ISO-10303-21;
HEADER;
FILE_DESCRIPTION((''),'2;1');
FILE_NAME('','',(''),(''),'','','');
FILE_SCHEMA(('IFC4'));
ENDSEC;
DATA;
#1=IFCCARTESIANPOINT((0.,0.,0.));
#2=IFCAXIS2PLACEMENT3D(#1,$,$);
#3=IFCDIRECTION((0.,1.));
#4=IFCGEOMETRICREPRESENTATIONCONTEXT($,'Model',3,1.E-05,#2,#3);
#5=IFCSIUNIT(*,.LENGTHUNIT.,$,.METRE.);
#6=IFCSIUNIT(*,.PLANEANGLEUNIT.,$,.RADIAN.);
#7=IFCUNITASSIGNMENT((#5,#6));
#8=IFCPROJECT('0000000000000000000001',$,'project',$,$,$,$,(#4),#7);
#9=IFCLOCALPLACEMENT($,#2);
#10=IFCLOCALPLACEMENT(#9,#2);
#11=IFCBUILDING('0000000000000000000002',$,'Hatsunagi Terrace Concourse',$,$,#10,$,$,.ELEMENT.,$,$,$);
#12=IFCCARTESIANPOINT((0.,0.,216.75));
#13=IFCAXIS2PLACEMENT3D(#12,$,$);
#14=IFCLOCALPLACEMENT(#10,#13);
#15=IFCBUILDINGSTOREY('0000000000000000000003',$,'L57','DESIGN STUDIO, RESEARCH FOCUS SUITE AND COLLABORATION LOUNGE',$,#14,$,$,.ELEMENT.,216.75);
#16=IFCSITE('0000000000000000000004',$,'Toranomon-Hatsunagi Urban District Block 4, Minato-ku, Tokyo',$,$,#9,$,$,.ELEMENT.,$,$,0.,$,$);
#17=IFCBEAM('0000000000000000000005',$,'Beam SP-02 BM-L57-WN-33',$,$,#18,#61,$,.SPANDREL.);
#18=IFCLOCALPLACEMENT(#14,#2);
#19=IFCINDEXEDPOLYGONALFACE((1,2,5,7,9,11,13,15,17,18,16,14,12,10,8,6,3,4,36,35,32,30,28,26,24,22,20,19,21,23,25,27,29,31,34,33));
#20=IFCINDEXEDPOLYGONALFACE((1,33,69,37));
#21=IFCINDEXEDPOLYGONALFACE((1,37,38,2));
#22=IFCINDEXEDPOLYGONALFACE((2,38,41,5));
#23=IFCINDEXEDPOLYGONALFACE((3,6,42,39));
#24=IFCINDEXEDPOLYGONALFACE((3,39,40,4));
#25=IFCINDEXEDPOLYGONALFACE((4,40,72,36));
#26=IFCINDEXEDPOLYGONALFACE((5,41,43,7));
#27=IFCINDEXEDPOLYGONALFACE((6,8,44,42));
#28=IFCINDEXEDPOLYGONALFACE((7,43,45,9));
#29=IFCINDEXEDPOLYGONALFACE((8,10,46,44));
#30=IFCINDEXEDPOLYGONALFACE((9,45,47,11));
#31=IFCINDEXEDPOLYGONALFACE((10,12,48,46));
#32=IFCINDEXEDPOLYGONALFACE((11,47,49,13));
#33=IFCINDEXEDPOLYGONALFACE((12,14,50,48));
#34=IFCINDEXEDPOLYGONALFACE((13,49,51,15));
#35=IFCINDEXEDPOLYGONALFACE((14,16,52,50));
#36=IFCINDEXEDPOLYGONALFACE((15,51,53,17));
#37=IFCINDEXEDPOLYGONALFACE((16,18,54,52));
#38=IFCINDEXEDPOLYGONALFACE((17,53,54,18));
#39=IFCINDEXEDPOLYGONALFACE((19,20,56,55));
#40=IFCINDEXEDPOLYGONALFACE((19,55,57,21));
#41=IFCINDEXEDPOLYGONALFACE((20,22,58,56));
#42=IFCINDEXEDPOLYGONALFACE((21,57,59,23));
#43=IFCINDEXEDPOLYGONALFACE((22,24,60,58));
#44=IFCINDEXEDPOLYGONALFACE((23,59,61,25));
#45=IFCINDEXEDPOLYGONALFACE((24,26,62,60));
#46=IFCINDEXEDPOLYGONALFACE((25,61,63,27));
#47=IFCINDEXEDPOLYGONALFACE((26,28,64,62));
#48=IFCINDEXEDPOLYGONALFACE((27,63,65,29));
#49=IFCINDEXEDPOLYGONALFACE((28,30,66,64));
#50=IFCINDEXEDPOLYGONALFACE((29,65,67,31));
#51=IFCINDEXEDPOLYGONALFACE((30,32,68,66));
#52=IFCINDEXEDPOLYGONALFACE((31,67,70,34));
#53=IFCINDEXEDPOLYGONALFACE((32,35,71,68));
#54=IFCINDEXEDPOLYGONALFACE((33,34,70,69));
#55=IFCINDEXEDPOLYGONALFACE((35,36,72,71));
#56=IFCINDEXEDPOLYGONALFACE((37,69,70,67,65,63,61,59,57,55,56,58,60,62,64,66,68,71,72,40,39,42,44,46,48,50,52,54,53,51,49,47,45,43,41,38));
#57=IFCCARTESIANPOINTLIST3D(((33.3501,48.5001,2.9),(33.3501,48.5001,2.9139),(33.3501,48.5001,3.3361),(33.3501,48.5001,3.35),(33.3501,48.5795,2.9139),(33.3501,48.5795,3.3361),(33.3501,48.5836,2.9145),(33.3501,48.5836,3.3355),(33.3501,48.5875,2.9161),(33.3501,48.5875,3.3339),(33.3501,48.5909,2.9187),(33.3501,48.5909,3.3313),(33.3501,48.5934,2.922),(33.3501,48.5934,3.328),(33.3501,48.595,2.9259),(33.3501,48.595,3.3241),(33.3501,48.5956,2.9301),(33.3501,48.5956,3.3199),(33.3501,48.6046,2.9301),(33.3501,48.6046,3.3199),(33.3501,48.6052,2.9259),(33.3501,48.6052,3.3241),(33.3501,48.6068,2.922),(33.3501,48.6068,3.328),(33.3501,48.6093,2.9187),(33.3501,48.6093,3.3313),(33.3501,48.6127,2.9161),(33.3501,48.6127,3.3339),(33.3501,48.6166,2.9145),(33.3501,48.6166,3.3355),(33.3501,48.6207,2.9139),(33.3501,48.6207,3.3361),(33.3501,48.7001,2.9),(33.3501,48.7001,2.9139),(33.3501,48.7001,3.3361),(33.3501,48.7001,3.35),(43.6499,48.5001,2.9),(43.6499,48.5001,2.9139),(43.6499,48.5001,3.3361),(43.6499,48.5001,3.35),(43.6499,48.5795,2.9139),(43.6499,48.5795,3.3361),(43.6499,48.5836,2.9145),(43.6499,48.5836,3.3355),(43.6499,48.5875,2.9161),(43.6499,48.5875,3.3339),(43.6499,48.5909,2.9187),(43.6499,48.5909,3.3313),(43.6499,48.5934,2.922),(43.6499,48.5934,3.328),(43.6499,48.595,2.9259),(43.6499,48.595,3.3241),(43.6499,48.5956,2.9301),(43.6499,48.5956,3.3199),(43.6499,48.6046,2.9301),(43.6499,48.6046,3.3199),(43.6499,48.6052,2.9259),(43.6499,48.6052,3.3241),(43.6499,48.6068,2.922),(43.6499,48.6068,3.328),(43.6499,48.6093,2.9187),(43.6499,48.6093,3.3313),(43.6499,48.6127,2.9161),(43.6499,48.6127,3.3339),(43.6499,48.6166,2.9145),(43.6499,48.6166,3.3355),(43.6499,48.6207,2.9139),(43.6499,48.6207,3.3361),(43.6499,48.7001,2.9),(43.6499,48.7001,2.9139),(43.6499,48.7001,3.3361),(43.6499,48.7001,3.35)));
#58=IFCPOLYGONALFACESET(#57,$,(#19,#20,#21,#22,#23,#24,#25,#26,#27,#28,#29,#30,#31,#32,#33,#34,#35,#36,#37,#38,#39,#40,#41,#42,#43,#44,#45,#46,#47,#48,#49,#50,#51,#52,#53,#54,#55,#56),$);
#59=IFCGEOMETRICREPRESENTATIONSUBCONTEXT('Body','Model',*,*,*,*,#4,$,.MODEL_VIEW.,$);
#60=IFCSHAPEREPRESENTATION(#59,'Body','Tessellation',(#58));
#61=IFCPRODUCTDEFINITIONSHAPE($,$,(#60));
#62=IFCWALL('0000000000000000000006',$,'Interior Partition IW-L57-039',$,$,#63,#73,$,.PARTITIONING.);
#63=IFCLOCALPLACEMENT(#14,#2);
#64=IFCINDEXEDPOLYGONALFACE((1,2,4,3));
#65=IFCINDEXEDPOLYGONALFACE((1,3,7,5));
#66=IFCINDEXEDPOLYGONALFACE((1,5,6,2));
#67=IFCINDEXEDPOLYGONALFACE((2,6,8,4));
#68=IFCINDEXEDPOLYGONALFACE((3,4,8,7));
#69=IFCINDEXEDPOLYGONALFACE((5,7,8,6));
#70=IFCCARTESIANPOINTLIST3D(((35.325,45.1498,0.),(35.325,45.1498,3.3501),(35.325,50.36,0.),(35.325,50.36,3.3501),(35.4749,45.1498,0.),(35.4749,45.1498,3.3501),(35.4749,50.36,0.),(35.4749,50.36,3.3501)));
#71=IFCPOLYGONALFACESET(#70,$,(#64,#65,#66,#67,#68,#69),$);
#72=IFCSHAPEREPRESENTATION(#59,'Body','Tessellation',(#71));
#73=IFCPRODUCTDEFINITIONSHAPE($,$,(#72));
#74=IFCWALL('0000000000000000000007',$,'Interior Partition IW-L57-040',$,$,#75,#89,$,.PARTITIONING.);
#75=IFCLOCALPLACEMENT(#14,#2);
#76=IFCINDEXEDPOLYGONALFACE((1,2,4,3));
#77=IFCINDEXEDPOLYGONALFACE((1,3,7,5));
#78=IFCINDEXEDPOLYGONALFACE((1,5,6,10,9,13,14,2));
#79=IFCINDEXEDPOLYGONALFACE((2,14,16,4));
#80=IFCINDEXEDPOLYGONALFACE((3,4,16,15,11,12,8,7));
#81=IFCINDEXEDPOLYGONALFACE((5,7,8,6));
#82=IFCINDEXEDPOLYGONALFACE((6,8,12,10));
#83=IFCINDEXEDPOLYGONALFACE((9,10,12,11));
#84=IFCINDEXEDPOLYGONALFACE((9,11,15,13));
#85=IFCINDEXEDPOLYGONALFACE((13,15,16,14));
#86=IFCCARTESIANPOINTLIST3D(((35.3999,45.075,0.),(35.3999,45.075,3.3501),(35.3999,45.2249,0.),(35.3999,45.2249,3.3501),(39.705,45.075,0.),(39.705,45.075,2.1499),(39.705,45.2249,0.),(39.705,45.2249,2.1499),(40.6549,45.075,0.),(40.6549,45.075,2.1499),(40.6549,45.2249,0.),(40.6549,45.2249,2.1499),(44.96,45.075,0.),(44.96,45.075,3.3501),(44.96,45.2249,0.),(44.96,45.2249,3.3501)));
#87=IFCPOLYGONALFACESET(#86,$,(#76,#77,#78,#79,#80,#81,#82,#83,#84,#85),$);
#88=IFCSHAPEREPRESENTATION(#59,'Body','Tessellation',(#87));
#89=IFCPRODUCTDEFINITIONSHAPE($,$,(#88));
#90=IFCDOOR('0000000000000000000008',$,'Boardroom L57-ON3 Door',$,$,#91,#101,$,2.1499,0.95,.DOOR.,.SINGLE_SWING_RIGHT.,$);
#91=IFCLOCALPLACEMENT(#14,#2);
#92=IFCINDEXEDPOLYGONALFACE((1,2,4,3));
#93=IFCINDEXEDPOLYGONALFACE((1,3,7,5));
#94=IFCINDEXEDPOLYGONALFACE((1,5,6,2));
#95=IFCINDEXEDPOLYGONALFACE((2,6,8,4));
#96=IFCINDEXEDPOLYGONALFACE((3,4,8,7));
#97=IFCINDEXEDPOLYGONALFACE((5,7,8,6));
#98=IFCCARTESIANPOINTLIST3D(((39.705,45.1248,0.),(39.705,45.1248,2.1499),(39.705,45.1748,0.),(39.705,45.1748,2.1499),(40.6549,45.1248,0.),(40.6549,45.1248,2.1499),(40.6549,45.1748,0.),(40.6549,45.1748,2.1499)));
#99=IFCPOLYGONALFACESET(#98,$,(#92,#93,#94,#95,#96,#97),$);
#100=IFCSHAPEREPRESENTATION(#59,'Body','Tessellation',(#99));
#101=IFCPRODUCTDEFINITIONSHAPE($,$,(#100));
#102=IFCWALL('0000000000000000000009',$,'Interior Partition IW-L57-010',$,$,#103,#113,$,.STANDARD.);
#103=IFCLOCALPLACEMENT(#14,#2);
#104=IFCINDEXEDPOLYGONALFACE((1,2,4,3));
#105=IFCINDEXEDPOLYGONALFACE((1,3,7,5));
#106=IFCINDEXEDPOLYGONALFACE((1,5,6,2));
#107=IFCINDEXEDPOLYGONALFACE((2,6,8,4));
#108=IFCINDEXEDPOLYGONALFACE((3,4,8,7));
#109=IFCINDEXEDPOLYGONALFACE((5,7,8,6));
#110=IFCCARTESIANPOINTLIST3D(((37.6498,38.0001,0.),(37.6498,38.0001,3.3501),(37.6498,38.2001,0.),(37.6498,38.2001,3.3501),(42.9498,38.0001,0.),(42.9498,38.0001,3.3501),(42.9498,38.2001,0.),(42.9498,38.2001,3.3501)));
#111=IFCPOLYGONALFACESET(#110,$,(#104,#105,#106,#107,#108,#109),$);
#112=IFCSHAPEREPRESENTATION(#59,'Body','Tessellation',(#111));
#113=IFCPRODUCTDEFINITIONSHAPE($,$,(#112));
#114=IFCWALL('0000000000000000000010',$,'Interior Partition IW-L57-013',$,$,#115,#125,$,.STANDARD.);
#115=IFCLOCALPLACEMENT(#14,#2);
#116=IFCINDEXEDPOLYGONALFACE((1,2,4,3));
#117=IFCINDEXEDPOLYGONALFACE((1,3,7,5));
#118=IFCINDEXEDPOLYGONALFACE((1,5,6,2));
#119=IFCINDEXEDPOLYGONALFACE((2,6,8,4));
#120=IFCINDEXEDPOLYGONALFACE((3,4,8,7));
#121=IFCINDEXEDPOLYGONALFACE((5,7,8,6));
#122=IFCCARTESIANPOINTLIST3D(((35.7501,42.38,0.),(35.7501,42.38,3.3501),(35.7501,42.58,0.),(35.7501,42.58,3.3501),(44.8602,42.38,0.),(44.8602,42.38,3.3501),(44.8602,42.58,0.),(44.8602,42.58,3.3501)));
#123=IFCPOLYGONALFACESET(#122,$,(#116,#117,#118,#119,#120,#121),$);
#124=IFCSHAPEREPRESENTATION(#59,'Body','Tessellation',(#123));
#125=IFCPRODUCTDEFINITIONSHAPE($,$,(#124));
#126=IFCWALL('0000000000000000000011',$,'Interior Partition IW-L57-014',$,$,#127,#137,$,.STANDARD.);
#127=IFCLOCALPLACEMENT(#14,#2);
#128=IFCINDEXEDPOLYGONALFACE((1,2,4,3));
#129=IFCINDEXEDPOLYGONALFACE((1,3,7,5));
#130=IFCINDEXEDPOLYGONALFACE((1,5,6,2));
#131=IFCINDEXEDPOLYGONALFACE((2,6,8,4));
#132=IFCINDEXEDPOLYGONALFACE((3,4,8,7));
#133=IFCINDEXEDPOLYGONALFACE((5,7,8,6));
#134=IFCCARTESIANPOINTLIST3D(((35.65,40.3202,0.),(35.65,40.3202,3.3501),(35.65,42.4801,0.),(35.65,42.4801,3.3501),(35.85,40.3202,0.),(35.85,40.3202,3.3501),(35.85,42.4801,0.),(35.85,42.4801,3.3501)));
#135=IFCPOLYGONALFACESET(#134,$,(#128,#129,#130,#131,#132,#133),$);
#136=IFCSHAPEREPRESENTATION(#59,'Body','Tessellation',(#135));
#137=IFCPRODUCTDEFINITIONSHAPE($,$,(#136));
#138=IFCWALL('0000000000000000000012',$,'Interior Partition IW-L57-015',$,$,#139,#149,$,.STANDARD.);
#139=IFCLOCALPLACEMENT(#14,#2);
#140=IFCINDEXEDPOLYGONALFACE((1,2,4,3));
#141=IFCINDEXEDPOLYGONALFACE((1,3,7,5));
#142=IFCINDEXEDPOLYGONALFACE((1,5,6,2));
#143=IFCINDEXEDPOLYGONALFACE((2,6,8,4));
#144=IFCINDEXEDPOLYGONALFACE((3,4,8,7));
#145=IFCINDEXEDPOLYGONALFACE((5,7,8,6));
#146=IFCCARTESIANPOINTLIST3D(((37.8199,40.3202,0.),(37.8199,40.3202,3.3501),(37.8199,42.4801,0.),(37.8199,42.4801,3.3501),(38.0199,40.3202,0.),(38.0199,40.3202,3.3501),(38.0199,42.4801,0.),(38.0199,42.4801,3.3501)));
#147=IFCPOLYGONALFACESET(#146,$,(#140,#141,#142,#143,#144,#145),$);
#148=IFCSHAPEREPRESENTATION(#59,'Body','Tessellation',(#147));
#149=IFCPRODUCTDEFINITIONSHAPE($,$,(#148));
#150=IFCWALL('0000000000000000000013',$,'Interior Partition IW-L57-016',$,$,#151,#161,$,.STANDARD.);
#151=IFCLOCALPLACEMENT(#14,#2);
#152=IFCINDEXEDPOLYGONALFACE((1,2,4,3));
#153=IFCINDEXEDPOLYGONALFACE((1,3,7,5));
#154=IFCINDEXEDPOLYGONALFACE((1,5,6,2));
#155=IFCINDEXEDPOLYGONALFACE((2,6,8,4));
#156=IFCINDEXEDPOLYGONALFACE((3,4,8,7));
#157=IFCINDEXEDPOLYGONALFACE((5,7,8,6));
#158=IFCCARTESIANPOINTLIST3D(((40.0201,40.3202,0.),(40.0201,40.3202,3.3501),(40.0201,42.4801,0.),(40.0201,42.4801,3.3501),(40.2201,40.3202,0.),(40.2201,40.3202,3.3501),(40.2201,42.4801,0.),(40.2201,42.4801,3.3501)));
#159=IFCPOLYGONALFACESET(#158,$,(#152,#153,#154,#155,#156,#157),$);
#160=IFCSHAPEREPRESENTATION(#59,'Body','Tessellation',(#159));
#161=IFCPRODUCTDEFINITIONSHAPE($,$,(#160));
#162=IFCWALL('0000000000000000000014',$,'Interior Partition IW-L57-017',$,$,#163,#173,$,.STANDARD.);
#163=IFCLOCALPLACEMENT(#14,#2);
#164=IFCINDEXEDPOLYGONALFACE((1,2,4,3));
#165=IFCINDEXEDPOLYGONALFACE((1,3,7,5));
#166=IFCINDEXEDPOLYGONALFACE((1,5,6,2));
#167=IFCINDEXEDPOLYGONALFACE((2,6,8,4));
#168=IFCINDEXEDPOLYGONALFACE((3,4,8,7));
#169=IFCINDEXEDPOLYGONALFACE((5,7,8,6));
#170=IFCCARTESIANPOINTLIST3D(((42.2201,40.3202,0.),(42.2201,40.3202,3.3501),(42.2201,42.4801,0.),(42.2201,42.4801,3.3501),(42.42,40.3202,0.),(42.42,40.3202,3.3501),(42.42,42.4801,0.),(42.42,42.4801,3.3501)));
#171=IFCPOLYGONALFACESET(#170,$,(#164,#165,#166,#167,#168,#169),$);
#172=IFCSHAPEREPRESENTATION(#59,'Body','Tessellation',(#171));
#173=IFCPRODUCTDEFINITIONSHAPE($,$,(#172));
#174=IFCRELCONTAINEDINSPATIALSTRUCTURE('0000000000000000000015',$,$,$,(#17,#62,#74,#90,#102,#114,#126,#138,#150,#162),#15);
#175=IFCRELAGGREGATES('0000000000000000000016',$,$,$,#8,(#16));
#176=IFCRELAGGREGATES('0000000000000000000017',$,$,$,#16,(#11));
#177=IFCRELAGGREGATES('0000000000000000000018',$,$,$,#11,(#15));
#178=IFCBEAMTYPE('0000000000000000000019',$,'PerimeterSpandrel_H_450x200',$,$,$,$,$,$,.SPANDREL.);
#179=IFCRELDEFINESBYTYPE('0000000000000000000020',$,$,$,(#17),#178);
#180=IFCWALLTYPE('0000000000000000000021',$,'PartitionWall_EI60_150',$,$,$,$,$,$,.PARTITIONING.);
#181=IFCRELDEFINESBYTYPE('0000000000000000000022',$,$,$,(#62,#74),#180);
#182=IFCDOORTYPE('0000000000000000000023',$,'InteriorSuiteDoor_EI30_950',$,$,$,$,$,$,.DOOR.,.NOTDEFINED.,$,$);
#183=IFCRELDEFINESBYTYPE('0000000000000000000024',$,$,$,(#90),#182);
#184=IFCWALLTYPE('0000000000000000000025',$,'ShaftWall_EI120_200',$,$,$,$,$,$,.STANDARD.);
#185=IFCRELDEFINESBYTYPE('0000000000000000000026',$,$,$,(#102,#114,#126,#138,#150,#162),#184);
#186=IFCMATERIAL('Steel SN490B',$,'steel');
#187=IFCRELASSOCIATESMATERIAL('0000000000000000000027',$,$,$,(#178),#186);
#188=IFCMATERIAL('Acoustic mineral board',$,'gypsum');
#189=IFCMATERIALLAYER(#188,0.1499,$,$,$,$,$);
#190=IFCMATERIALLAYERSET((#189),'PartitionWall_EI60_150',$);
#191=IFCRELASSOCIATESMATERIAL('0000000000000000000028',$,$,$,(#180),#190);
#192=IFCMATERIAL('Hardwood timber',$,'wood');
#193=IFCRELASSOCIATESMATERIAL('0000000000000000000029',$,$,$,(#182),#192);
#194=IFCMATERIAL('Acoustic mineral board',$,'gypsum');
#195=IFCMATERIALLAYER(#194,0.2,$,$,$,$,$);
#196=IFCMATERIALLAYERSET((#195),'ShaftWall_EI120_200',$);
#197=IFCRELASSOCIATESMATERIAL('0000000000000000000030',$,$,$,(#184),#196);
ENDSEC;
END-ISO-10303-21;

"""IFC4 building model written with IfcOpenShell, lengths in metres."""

from ifc_helpers import new_model, si_unit, direction, frame, frame_2d, origin, origin_2d, place, context, subcontext, project, spatial, rectangle, i_section, extrude, material, layer, layer_set, material_profile, profile_set, type_object, element, fill, save


model = new_model("IFC4")

# Units and contexts
model_context = context("Model", 3, precision=1e-05, world=origin(), true_north=direction((0.0, 1.0)))
body_context = subcontext(model_context, "Body", "Model", "MODEL_VIEW")
ifc_project = project(units=[si_unit("LENGTHUNIT", "METRE"), si_unit("PLANEANGLEUNIT", "RADIAN")], contexts=[model_context])

# Site, building, storey
site_placement = place(None, origin())
site = spatial("IfcSite", under=ifc_project, at=site_placement, Name="Toranomon-Hatsunagi Urban District Block 4, Minato-ku, Tokyo", CompositionType="ELEMENT", RefElevation=0.0)
building_placement = place(site_placement, origin())
building = spatial("IfcBuilding", under=site, at=building_placement, Name="Hatsunagi Terrace Concourse", CompositionType="ELEMENT")
storey_placement = place(building_placement, frame((0.0, 0.0, 216.75)))
storey = spatial("IfcBuildingStorey", under=building, at=storey_placement, Name="L57", Description="DESIGN STUDIO, RESEARCH FOCUS SUITE AND COLLABORATION LOUNGE", CompositionType="ELEMENT", Elevation=216.75)

# Beam
ifc_material_1 = material(Name="Steel SN490B", Category="steel")
ifc_material_profile_1 = material_profile(ifc_material_1, i_section(OverallWidth=0.2, OverallDepth=0.45, WebThickness=0.009, FlangeThickness=0.0139, FilletRadius=0.0161, at=origin_2d()), Name="H-450x200x9x14")
ifc_profile_set_1 = profile_set([ifc_material_profile_1], Name="Steel SN490B")
beam_type_1 = type_object("IfcBeamType", Name="PerimeterSpandrel_H_450x200", PredefinedType="SPANDREL", material=ifc_profile_set_1)
beam_1_placement = place(storey_placement, frame((33.3501, 48.6001, 3.125), z_axis=(1.0, 0.0, 0.0), x_axis=(0.0, 1.0, 0.0)))
element("IfcBeam", 1, at=beam_1_placement, inside=storey, type_object=beam_type_1, Name="Beam SP-02 BM-L57-WN-33", PredefinedType="SPANDREL", context=body_context, shape_type="SweptSolid", body=[
    extrude(i_section(OverallWidth=0.2, OverallDepth=0.45, WebThickness=0.009, FlangeThickness=0.0139, FilletRadius=0.0161, at=origin_2d()), origin(), (0.0, 0.0, 1.0), 10.2998),
])

# Wall
ifc_material_2 = material(Name="Acoustic mineral board", Category="gypsum")
ifc_layer_1 = layer(ifc_material_2, 0.1499)
ifc_layer_set_1 = layer_set([ifc_layer_1], Name="PartitionWall_EI60_150")
wall_type_1 = type_object("IfcWallType", Name="PartitionWall_EI60_150", PredefinedType="PARTITIONING", material=ifc_layer_set_1)
wall_1_placement = place(storey_placement, frame((35.3999, 45.1499, 0.0), z_axis=(0.0, 0.0, 1.0), x_axis=(0.0, 1.0, 0.0)))
element("IfcWall", 2, at=wall_1_placement, inside=storey, type_object=wall_type_1, Name="Interior Partition IW-L57-039", PredefinedType="PARTITIONING", context=body_context, shape_type="SweptSolid", body=[
    extrude(rectangle(XDim=5.2102, YDim=0.1499, at=frame_2d((2.605, 0.0))), origin(), (0.0, 0.0, 1.0), 3.3501),
])

# Wall, opening, door
wall_2_placement = place(storey_placement, frame((35.3999, 45.1499, 0.0), z_axis=(0.0, 0.0, 1.0), x_axis=(1.0, 0.0, 0.0)))
wall_2 = element("IfcWall", 3, at=wall_2_placement, inside=storey, type_object=wall_type_1, Name="Interior Partition IW-L57-040", PredefinedType="PARTITIONING", context=body_context, shape_type="SweptSolid", body=[
    extrude(rectangle(XDim=9.5601, YDim=0.1499, at=frame_2d((4.78, 0.0))), origin(), (0.0, 0.0, 1.0), 3.3501),
])
opening_1_placement = place(wall_2_placement, frame((4.3049, 0.0, 0.0)))
opening_1 = element("IfcOpeningElement", 4, at=opening_1_placement, cuts=wall_2, PredefinedType="OPENING", context=body_context, shape_type="SweptSolid", body=[
    extrude(rectangle(XDim=0.95, YDim=2.1499, at=frame_2d((0.4751, 1.075))), frame((0.0, 0.085, 0.0), z_axis=(0.0, -1.0, 0.0), x_axis=(1.0, 0.0, 0.0)), (0.0, 0.0, 1.0), 0.1699),
])
ifc_material_3 = material(Name="Hardwood timber", Category="wood")
door_type_1 = type_object("IfcDoorType", Name="InteriorSuiteDoor_EI30_950", OperationType="NOTDEFINED", PredefinedType="DOOR", material=ifc_material_3)
door_1_placement = place(opening_1_placement, origin())
door_1 = element("IfcDoor", 5, at=door_1_placement, inside=storey, type_object=door_type_1, Name="Boardroom L57-ON3 Door", OperationType="SINGLE_SWING_RIGHT", OverallHeight=2.1499, OverallWidth=0.95, PredefinedType="DOOR", context=body_context, shape_type="SweptSolid", body=[
    extrude(rectangle(XDim=0.95, YDim=2.1499, at=frame_2d((0.4751, 1.075))), frame((0.0, 0.0249, 0.0), z_axis=(0.0, -1.0, 0.0), x_axis=(1.0, 0.0, 0.0)), (0.0, 0.0, 1.0), 0.05),
])
fill(opening_1, door_1)

# Walls
ifc_material_4 = material(Name="Acoustic mineral board", Category="gypsum")
ifc_layer_2 = layer(ifc_material_4, 0.2)
ifc_layer_set_2 = layer_set([ifc_layer_2], Name="ShaftWall_EI120_200")
wall_type_2 = type_object("IfcWallType", Name="ShaftWall_EI120_200", PredefinedType="STANDARD", material=ifc_layer_set_2)
wall_3_placement = place(storey_placement, frame((37.6499, 38.1001, 0.0), z_axis=(0.0, 0.0, 1.0), x_axis=(1.0, 0.0, 0.0)))
element("IfcWall", 6, at=wall_3_placement, inside=storey, type_object=wall_type_2, Name="Interior Partition IW-L57-010", PredefinedType="STANDARD", context=body_context, shape_type="SweptSolid", body=[
    extrude(rectangle(XDim=5.3, YDim=0.2, at=frame_2d((2.6499, 0.0))), origin(), (0.0, 0.0, 1.0), 3.3501),
])
wall_4_placement = place(storey_placement, frame((35.75, 42.48, 0.0), z_axis=(0.0, 0.0, 1.0), x_axis=(1.0, 0.0, 0.0)))
element("IfcWall", 7, at=wall_4_placement, inside=storey, type_object=wall_type_2, Name="Interior Partition IW-L57-013", PredefinedType="STANDARD", context=body_context, shape_type="SweptSolid", body=[
    extrude(rectangle(XDim=9.1101, YDim=0.2, at=frame_2d((4.5552, 0.0))), origin(), (0.0, 0.0, 1.0), 3.3501),
])
for number, where, z_axis, x_axis, name in (
    (8, (35.75, 40.3201, 0.0), (0.0, 0.0, 1.0), (0.0, 1.0, 0.0), "Interior Partition IW-L57-014"),
    (9, (37.9199, 40.3201, 0.0), (0.0, 0.0, 1.0), (0.0, 1.0, 0.0), "Interior Partition IW-L57-015"),
    (10, (40.1201, 40.3201, 0.0), (0.0, 0.0, 1.0), (0.0, 1.0, 0.0), "Interior Partition IW-L57-016"),
    (11, (42.3201, 40.3201, 0.0), (0.0, 0.0, 1.0), (0.0, 1.0, 0.0), "Interior Partition IW-L57-017"),
):
    element("IfcWall", number, at=place(storey_placement, frame(where, z_axis=z_axis, x_axis=x_axis)), inside=storey, type_object=wall_type_2, Name=name, PredefinedType="STANDARD", context=body_context, shape_type="SweptSolid", body=[
        extrude(rectangle(XDim=2.1599, YDim=0.2, at=frame_2d((1.0801, 0.0))), origin(), (0.0, 0.0, 1.0), 3.3501),
    ])

save(model, "model.ifc")
